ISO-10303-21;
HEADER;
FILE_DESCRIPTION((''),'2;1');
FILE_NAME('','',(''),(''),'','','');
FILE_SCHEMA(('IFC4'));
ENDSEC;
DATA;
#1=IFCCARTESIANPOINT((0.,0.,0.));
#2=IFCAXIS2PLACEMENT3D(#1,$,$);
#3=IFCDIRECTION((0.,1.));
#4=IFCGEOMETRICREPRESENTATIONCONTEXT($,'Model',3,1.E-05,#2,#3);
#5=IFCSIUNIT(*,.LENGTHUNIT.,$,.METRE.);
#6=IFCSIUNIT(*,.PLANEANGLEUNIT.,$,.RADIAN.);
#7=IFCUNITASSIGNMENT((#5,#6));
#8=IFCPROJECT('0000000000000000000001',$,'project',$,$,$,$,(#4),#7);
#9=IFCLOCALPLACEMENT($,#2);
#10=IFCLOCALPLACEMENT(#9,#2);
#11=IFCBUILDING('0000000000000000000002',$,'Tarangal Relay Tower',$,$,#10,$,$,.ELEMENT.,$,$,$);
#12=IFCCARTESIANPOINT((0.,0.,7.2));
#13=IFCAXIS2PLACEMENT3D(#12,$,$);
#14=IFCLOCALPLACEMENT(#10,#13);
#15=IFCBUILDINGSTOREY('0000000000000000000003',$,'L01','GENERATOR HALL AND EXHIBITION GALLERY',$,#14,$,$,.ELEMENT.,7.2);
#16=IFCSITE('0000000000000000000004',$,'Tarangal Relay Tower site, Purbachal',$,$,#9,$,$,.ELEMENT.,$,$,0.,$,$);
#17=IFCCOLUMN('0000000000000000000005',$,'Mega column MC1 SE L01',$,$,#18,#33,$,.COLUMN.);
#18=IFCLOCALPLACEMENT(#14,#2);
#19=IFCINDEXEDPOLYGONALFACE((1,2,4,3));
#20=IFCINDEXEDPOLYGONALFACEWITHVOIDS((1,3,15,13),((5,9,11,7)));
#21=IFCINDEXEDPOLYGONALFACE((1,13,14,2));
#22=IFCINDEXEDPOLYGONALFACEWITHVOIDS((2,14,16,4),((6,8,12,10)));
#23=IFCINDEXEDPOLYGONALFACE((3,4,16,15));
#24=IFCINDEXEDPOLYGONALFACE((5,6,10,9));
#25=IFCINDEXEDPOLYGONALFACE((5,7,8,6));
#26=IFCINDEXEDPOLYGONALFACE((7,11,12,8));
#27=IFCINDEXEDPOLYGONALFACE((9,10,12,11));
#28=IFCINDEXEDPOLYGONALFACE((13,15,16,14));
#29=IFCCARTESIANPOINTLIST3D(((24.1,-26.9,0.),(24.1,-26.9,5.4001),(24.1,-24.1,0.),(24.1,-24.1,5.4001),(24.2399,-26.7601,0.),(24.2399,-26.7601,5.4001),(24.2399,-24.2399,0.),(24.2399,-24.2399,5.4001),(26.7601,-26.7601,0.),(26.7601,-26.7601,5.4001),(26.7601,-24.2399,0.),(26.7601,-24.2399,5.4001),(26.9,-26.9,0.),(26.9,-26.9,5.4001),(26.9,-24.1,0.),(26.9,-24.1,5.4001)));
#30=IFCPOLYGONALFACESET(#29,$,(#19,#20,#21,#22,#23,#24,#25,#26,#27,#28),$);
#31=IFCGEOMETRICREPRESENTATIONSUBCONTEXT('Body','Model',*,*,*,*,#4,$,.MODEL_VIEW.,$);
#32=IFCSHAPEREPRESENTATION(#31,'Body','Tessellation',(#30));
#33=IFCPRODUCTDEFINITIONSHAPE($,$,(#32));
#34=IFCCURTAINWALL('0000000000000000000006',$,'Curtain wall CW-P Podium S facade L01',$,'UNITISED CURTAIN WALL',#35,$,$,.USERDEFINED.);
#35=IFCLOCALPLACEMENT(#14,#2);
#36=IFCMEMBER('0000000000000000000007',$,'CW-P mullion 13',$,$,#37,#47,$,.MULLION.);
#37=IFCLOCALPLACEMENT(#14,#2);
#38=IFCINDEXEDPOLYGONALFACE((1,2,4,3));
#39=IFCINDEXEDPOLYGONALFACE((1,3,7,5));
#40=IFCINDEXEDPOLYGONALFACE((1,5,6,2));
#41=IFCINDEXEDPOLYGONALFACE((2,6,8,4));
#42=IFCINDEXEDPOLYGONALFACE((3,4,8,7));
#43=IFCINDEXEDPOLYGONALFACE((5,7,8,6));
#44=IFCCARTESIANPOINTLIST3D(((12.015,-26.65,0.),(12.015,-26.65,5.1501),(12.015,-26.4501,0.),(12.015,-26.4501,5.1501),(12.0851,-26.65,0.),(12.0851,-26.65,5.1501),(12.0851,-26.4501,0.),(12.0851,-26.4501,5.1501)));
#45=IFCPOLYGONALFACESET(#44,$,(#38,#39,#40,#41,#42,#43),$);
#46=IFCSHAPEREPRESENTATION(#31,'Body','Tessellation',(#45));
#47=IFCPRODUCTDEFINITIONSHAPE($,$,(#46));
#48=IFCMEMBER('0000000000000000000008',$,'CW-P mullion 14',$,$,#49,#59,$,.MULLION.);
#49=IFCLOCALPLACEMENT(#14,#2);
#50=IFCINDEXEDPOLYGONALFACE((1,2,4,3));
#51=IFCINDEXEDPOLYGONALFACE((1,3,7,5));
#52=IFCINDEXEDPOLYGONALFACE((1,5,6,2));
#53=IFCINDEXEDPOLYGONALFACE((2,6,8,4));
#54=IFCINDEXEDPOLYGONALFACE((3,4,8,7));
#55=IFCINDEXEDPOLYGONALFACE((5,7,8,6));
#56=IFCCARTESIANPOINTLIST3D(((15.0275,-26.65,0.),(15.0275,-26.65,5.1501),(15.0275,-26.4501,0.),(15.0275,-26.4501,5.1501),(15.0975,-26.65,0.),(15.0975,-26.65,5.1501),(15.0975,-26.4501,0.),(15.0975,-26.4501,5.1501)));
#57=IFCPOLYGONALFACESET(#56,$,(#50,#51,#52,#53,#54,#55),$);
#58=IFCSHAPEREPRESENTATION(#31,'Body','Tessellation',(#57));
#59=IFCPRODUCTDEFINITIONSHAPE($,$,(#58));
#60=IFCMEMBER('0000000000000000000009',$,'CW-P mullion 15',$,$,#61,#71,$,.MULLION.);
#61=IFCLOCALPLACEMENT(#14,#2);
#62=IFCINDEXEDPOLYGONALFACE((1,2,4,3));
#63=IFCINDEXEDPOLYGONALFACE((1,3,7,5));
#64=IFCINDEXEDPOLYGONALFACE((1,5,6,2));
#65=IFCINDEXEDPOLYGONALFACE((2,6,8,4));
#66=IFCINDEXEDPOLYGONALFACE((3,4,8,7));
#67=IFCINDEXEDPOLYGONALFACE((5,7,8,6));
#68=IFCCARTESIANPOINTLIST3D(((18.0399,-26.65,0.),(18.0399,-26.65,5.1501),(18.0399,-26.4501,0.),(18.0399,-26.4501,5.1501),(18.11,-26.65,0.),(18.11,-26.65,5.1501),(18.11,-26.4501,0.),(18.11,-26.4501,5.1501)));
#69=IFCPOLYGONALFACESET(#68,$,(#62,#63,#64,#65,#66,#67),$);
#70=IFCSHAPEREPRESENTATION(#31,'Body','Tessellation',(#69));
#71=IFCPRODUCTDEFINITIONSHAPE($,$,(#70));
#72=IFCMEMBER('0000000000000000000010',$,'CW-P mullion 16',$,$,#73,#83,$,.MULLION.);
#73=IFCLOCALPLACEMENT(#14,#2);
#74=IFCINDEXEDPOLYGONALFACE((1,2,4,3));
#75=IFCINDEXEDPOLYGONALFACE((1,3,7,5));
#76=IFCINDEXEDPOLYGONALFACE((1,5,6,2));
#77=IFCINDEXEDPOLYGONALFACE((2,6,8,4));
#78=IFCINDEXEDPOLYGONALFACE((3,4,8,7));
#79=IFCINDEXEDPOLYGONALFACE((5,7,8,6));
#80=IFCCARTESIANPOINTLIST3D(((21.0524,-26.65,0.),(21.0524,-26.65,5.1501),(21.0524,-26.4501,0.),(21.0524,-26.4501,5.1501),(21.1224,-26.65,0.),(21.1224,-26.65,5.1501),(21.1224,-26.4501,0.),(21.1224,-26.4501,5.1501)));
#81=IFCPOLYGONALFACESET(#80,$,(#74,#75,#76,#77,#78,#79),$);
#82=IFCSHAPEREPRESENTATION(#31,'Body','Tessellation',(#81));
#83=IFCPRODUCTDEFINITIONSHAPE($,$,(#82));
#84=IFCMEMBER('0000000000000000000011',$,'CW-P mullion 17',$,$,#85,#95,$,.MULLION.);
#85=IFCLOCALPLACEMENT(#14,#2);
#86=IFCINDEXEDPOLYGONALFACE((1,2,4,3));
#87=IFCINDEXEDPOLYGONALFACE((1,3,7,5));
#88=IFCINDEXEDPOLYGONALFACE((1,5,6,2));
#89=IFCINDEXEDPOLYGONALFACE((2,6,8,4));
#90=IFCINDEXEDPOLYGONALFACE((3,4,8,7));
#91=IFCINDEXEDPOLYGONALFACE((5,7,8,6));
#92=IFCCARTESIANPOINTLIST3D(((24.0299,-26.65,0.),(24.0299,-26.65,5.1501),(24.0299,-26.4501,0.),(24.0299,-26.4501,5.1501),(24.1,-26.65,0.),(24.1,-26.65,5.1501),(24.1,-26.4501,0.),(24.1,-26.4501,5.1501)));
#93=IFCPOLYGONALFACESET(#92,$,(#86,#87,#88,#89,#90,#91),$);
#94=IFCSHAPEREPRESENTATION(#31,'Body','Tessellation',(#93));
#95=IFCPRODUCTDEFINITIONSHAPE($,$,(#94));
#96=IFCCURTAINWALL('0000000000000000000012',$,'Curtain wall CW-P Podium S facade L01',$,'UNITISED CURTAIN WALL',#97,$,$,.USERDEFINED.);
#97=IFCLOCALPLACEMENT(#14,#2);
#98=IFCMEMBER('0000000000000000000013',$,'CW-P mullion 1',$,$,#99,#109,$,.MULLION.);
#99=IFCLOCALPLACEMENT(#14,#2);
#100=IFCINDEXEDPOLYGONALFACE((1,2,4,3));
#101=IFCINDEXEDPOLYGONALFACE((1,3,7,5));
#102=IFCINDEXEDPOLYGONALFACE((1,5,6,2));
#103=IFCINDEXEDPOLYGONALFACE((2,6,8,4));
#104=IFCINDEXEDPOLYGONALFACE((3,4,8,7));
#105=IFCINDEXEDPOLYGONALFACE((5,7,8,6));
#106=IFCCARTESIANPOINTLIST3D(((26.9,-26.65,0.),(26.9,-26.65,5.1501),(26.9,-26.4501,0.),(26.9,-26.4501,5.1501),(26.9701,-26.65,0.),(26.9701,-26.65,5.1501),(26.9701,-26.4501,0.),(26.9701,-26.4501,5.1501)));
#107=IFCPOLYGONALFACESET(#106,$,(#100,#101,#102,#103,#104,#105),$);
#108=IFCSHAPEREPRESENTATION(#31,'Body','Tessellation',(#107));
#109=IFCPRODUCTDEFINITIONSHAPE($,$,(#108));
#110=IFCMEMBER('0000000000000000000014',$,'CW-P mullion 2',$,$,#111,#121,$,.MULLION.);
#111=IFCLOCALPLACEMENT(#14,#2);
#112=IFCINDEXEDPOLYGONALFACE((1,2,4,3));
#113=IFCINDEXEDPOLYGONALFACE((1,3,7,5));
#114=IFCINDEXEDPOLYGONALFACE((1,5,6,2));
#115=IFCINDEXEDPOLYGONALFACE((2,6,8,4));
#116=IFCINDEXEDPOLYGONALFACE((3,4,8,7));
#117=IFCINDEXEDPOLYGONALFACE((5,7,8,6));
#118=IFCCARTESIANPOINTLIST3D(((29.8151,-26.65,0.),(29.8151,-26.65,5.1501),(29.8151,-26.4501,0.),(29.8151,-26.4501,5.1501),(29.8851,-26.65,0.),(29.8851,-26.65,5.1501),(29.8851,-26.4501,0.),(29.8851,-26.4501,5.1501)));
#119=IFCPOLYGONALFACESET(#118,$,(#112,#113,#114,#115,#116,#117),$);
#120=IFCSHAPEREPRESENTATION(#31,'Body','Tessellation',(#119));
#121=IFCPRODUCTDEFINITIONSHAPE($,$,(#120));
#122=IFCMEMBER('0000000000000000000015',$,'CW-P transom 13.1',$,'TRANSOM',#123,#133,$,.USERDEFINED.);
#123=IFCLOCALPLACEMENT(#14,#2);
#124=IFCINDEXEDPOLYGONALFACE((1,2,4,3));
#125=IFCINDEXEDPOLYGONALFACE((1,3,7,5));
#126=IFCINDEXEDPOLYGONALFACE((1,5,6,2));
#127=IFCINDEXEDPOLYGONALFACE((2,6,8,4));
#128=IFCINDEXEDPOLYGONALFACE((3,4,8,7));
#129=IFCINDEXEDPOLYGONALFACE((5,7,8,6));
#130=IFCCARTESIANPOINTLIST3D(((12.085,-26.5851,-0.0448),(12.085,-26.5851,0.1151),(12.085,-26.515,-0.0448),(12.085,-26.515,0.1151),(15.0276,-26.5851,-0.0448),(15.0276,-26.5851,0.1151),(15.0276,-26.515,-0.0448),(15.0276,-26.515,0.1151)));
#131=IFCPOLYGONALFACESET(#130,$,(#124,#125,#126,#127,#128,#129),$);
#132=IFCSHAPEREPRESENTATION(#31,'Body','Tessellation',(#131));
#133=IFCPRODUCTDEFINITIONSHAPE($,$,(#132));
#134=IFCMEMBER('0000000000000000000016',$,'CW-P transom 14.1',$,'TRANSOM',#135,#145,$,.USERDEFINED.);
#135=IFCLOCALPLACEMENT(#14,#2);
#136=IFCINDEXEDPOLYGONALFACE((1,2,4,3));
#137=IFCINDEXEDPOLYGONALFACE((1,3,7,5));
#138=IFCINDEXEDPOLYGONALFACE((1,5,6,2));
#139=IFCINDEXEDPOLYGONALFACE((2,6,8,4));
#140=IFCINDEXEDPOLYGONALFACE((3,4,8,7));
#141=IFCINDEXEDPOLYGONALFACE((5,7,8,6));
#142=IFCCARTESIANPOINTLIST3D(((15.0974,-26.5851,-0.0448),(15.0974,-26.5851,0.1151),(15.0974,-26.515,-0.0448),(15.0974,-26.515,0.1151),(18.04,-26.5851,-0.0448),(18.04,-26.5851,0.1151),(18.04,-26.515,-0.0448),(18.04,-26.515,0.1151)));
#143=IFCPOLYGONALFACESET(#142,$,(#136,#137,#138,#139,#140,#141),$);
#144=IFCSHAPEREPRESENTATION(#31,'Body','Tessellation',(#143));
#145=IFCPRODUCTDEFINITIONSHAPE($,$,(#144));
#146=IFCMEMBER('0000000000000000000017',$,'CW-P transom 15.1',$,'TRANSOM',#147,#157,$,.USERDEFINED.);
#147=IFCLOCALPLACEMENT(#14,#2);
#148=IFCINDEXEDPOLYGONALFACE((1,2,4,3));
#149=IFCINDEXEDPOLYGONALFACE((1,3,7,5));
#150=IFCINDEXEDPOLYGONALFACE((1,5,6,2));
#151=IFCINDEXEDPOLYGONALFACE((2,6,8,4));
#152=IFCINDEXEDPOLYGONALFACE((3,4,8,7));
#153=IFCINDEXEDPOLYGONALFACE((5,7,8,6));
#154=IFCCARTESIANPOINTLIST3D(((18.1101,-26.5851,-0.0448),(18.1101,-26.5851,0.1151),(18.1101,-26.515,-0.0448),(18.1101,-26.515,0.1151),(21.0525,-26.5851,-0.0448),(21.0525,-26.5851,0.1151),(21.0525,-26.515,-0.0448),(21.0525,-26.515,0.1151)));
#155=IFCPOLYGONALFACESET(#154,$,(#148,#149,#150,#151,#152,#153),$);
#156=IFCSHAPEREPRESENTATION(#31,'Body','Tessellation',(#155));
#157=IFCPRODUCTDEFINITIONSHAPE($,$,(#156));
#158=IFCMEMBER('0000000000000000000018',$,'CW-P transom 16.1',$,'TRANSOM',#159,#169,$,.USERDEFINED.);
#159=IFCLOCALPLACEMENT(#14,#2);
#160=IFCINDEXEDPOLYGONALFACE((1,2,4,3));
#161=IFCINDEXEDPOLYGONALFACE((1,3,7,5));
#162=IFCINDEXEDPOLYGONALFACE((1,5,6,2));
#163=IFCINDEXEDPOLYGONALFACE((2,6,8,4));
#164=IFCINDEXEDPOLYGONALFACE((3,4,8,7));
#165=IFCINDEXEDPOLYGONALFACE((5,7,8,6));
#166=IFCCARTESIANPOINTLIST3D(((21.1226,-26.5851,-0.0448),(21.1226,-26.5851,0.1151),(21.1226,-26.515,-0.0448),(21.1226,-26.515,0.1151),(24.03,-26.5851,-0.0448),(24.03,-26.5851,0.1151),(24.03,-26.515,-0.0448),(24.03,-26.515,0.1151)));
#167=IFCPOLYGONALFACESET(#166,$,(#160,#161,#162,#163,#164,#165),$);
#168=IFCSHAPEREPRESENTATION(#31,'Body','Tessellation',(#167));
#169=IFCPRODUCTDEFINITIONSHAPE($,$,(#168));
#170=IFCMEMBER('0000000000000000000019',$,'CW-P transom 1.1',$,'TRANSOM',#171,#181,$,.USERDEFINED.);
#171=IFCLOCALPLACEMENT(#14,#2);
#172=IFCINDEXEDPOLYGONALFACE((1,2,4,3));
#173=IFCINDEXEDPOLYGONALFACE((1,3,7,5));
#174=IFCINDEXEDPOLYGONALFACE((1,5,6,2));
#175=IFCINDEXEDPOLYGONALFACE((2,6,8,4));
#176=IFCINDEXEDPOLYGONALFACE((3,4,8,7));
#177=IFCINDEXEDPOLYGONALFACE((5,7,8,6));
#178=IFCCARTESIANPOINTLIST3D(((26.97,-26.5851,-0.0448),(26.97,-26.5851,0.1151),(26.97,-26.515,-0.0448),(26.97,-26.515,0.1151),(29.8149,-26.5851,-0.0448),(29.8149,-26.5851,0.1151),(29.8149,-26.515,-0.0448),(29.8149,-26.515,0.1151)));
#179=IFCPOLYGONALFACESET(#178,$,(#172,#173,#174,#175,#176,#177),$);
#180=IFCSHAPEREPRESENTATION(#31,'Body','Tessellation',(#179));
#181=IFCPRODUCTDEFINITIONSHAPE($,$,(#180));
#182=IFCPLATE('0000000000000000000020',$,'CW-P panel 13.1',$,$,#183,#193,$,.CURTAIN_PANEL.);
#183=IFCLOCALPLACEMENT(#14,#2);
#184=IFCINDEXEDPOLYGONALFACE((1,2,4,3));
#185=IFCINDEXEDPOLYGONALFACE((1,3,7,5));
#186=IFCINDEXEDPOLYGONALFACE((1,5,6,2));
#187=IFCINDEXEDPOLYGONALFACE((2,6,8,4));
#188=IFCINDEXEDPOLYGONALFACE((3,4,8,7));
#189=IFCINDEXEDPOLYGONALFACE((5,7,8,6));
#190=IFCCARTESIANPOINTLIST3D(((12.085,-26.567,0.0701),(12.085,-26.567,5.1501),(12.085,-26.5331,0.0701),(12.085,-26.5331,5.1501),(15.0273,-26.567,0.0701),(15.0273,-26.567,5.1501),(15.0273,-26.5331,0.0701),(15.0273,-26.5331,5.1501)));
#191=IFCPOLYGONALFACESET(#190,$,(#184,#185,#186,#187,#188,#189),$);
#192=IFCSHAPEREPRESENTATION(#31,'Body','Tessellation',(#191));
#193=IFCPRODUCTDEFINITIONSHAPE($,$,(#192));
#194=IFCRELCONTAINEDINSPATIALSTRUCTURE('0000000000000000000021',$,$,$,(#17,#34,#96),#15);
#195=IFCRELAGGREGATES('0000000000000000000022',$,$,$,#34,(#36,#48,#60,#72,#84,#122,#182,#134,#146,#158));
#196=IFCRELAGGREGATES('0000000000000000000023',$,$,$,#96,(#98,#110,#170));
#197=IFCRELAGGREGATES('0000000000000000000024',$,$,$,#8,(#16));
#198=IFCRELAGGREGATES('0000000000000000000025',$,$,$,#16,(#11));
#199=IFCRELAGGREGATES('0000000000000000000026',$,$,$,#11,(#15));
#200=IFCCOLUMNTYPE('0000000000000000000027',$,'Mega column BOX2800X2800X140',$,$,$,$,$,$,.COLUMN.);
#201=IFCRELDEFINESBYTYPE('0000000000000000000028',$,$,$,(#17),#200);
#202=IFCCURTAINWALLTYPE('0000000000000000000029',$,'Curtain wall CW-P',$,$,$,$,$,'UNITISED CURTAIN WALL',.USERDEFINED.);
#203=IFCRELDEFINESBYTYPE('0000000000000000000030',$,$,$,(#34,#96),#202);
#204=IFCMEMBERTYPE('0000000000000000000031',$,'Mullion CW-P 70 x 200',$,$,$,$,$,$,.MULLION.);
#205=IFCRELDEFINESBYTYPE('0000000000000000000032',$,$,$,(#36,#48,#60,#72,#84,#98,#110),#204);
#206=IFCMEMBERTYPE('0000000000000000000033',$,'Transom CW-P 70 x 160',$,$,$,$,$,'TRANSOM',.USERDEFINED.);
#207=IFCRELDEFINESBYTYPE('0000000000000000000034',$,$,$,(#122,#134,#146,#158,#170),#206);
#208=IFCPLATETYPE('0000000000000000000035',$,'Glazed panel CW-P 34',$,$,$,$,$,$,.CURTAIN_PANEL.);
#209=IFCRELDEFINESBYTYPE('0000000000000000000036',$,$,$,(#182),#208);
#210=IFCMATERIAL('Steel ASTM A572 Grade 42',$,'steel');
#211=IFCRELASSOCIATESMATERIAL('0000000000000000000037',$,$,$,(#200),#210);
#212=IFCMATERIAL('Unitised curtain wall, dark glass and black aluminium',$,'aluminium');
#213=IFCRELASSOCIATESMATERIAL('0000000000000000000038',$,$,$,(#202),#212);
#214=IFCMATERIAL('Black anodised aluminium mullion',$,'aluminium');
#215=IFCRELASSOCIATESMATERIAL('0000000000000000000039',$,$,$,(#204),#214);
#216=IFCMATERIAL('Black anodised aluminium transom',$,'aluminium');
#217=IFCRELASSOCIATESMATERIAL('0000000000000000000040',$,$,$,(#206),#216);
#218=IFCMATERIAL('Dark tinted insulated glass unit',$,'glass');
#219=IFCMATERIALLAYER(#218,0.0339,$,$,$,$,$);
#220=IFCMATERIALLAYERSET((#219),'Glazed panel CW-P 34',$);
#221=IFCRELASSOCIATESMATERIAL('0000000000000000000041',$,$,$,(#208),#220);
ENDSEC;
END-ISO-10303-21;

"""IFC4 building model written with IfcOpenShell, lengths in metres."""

from ifc_helpers import new_model, si_unit, direction, frame, origin, origin_2d, place, context, subcontext, project, spatial, rectangle, hollow_rectangle, extrude, material, layer, layer_set, material_profile, profile_set, type_object, element, aggregate, save


model = new_model("IFC4")

# Units and contexts
model_context = context("Model", 3, precision=1e-05, world=origin(), true_north=direction((0.0, 1.0)))
body_context = subcontext(model_context, "Body", "Model", "MODEL_VIEW")
ifc_project = project(units=[si_unit("LENGTHUNIT", "METRE"), si_unit("PLANEANGLEUNIT", "RADIAN")], contexts=[model_context])

# Site, building, storey
site_placement = place(None, origin())
site = spatial("IfcSite", under=ifc_project, at=site_placement, Name="Tarangal Relay Tower site, Purbachal", CompositionType="ELEMENT", RefElevation=0.0)
building_placement = place(site_placement, origin())
building = spatial("IfcBuilding", under=site, at=building_placement, Name="Tarangal Relay Tower", CompositionType="ELEMENT")
storey_placement = place(building_placement, frame((0.0, 0.0, 7.2)))
storey = spatial("IfcBuildingStorey", under=building, at=storey_placement, Name="L01", Description="GENERATOR HALL AND EXHIBITION GALLERY", CompositionType="ELEMENT", Elevation=7.2)

# Column
ifc_material_1 = material(Name="Steel ASTM A572 Grade 42", Category="steel")
ifc_material_profile_1 = material_profile(ifc_material_1, hollow_rectangle(XDim=2.8, YDim=2.8, WallThickness=0.1399, at=origin_2d()), Name="BOX2800X2800X140")
ifc_profile_set_1 = profile_set([ifc_material_profile_1], Name="Steel ASTM A572 Grade 42")
column_type = type_object("IfcColumnType", Name="Mega column BOX2800X2800X140", PredefinedType="COLUMN", material=ifc_profile_set_1)
column_placement = place(storey_placement, frame((25.5, -25.5, 0.0), z_axis=(0.0, 0.0, 1.0), x_axis=(1.0, 0.0, 0.0)))
element("IfcColumn", 1, at=column_placement, inside=storey, type_object=column_type, Name="Mega column MC1 SE L01", PredefinedType="COLUMN", context=body_context, shape_type="SweptSolid", body=[
    extrude(hollow_rectangle(XDim=2.8, YDim=2.8, WallThickness=0.1399, at=origin_2d()), origin(), (0.0, 0.0, 1.0), 5.4001),
])

# Curtain walls, members
ifc_material_2 = material(Name="Unitised curtain wall, dark glass and black aluminium", Category="aluminium")
curtain_wall_type = type_object("IfcCurtainWallType", Name="Curtain wall CW-P", ElementType="UNITISED CURTAIN WALL", PredefinedType="USERDEFINED", material=ifc_material_2)
curtain_wall_1_placement = place(storey_placement, origin())
curtain_wall_1 = element("IfcCurtainWall", 2, at=curtain_wall_1_placement, inside=storey, type_object=curtain_wall_type, Name="Curtain wall CW-P Podium S facade L01", ObjectType="UNITISED CURTAIN WALL", PredefinedType="USERDEFINED")
ifc_material_3 = material(Name="Black anodised aluminium mullion", Category="aluminium")
ifc_material_profile_2 = material_profile(ifc_material_3, rectangle(XDim=0.2, YDim=0.0701, at=origin_2d()), Name="CW-PM 70X200")
ifc_profile_set_2 = profile_set([ifc_material_profile_2], Name="Black anodised aluminium mullion")
member_type_1 = type_object("IfcMemberType", Name="Mullion CW-P 70 x 200", PredefinedType="MULLION", material=ifc_profile_set_2)
member_1_placement = place(storey_placement, frame((12.05, -26.55, 0.0), z_axis=(0.0, 0.0, 1.0), x_axis=(0.0, 1.0, 0.0)))
member_1 = element("IfcMember", 3, at=member_1_placement, type_object=member_type_1, Name="CW-P mullion 13", PredefinedType="MULLION", context=body_context, shape_type="SweptSolid", body=[
    extrude(rectangle(XDim=0.2, YDim=0.0701, at=origin_2d()), origin(), (0.0, 0.0, 1.0), 5.1501),
])
member_2_placement = place(storey_placement, frame((15.0625, -26.55, 0.0), z_axis=(0.0, 0.0, 1.0), x_axis=(0.0, 1.0, 0.0)))
member_2 = element("IfcMember", 4, at=member_2_placement, type_object=member_type_1, Name="CW-P mullion 14", PredefinedType="MULLION", context=body_context, shape_type="SweptSolid", body=[
    extrude(rectangle(XDim=0.2, YDim=0.0701, at=origin_2d()), origin(), (0.0, 0.0, 1.0), 5.1501),
])
member_3_placement = place(storey_placement, frame((18.075, -26.55, 0.0), z_axis=(0.0, 0.0, 1.0), x_axis=(0.0, 1.0, 0.0)))
member_3 = element("IfcMember", 5, at=member_3_placement, type_object=member_type_1, Name="CW-P mullion 15", PredefinedType="MULLION", context=body_context, shape_type="SweptSolid", body=[
    extrude(rectangle(XDim=0.2, YDim=0.0701, at=origin_2d()), origin(), (0.0, 0.0, 1.0), 5.1501),
])
member_4_placement = place(storey_placement, frame((21.0874, -26.55, 0.0), z_axis=(0.0, 0.0, 1.0), x_axis=(0.0, 1.0, 0.0)))
member_4 = element("IfcMember", 6, at=member_4_placement, type_object=member_type_1, Name="CW-P mullion 16", PredefinedType="MULLION", context=body_context, shape_type="SweptSolid", body=[
    extrude(rectangle(XDim=0.2, YDim=0.0701, at=origin_2d()), origin(), (0.0, 0.0, 1.0), 5.1501),
])
member_5_placement = place(storey_placement, frame((24.0649, -26.55, 0.0), z_axis=(0.0, 0.0, 1.0), x_axis=(0.0, 1.0, 0.0)))
member_5 = element("IfcMember", 7, at=member_5_placement, type_object=member_type_1, Name="CW-P mullion 17", PredefinedType="MULLION", context=body_context, shape_type="SweptSolid", body=[
    extrude(rectangle(XDim=0.2, YDim=0.0701, at=origin_2d()), origin(), (0.0, 0.0, 1.0), 5.1501),
])
curtain_wall_2_placement = place(storey_placement, origin())
curtain_wall_2 = element("IfcCurtainWall", 8, at=curtain_wall_2_placement, inside=storey, type_object=curtain_wall_type, Name="Curtain wall CW-P Podium S facade L01", ObjectType="UNITISED CURTAIN WALL", PredefinedType="USERDEFINED")
member_6_placement = place(storey_placement, frame((26.9351, -26.55, 0.0), z_axis=(0.0, 0.0, 1.0), x_axis=(0.0, 1.0, 0.0)))
member_6 = element("IfcMember", 9, at=member_6_placement, type_object=member_type_1, Name="CW-P mullion 1", PredefinedType="MULLION", context=body_context, shape_type="SweptSolid", body=[
    extrude(rectangle(XDim=0.2, YDim=0.0701, at=origin_2d()), origin(), (0.0, 0.0, 1.0), 5.1501),
])
member_7_placement = place(storey_placement, frame((29.8501, -26.55, 0.0), z_axis=(0.0, 0.0, 1.0), x_axis=(0.0, 1.0, 0.0)))
member_7 = element("IfcMember", 10, at=member_7_placement, type_object=member_type_1, Name="CW-P mullion 2", PredefinedType="MULLION", context=body_context, shape_type="SweptSolid", body=[
    extrude(rectangle(XDim=0.2, YDim=0.0701, at=origin_2d()), origin(), (0.0, 0.0, 1.0), 5.1501),
])

# Members
ifc_material_4 = material(Name="Black anodised aluminium transom", Category="aluminium")
ifc_material_profile_3 = material_profile(ifc_material_4, rectangle(XDim=0.0701, YDim=0.1599, at=origin_2d()), Name="CW-PT 70X160")
ifc_profile_set_3 = profile_set([ifc_material_profile_3], Name="Black anodised aluminium transom")
member_type_2 = type_object("IfcMemberType", Name="Transom CW-P 70 x 160", ElementType="TRANSOM", PredefinedType="USERDEFINED", material=ifc_profile_set_3)
member_8_placement = place(storey_placement, frame((12.085, -26.55, 0.0352), z_axis=(1.0, 0.0, 0.0), x_axis=(0.0, 1.0, 0.0)))
member_8 = element("IfcMember", 11, at=member_8_placement, type_object=member_type_2, Name="CW-P transom 13.1", ObjectType="TRANSOM", PredefinedType="USERDEFINED", context=body_context, shape_type="SweptSolid", body=[
    extrude(rectangle(XDim=0.0701, YDim=0.1599, at=origin_2d()), origin(), (0.0, 0.0, 1.0), 2.9426),
])
member_9_placement = place(storey_placement, frame((15.0974, -26.55, 0.0352), z_axis=(1.0, 0.0, 0.0), x_axis=(0.0, 1.0, 0.0)))
member_9 = element("IfcMember", 12, at=member_9_placement, type_object=member_type_2, Name="CW-P transom 14.1", ObjectType="TRANSOM", PredefinedType="USERDEFINED", context=body_context, shape_type="SweptSolid", body=[
    extrude(rectangle(XDim=0.0701, YDim=0.1599, at=origin_2d()), origin(), (0.0, 0.0, 1.0), 2.9426),
])
member_10_placement = place(storey_placement, frame((18.1101, -26.55, 0.0352), z_axis=(1.0, 0.0, 0.0), x_axis=(0.0, 1.0, 0.0)))
member_10 = element("IfcMember", 13, at=member_10_placement, type_object=member_type_2, Name="CW-P transom 15.1", ObjectType="TRANSOM", PredefinedType="USERDEFINED", context=body_context, shape_type="SweptSolid", body=[
    extrude(rectangle(XDim=0.0701, YDim=0.1599, at=origin_2d()), origin(), (0.0, 0.0, 1.0), 2.9424),
])
member_11_placement = place(storey_placement, frame((21.1226, -26.55, 0.0352), z_axis=(1.0, 0.0, 0.0), x_axis=(0.0, 1.0, 0.0)))
member_11 = element("IfcMember", 14, at=member_11_placement, type_object=member_type_2, Name="CW-P transom 16.1", ObjectType="TRANSOM", PredefinedType="USERDEFINED", context=body_context, shape_type="SweptSolid", body=[
    extrude(rectangle(XDim=0.0701, YDim=0.1599, at=origin_2d()), origin(), (0.0, 0.0, 1.0), 2.9075),
])
member_12_placement = place(storey_placement, frame((26.97, -26.55, 0.0352), z_axis=(1.0, 0.0, 0.0), x_axis=(0.0, 1.0, 0.0)))
member_12 = element("IfcMember", 15, at=member_12_placement, type_object=member_type_2, Name="CW-P transom 1.1", ObjectType="TRANSOM", PredefinedType="USERDEFINED", context=body_context, shape_type="SweptSolid", body=[
    extrude(rectangle(XDim=0.0701, YDim=0.1599, at=origin_2d()), origin(), (0.0, 0.0, 1.0), 2.845),
])

# Plate
ifc_material_5 = material(Name="Dark tinted insulated glass unit", Category="glass")
ifc_layer = layer(ifc_material_5, 0.0339)
ifc_layer_set = layer_set([ifc_layer], Name="Glazed panel CW-P 34")
plate_type = type_object("IfcPlateType", Name="Glazed panel CW-P 34", PredefinedType="CURTAIN_PANEL", material=ifc_layer_set)
plate_1_placement = place(storey_placement, frame((13.5562, -26.55, 0.0701), z_axis=(0.0, 0.0, 1.0), x_axis=(1.0, 0.0, 0.0)))
plate_1 = element("IfcPlate", 16, at=plate_1_placement, type_object=plate_type, Name="CW-P panel 13.1", PredefinedType="CURTAIN_PANEL", context=body_context, shape_type="SweptSolid", body=[
    extrude(rectangle(XDim=2.9424, YDim=0.0339, at=origin_2d()), origin(), (0.0, 0.0, 1.0), 5.0801),
])
aggregate(curtain_wall_1, [member_1, member_2, member_3, member_4, member_5, member_8, plate_1, member_9, member_10, member_11])
aggregate(curtain_wall_2, [member_6, member_7, member_12])

save(model, "model.ifc")
